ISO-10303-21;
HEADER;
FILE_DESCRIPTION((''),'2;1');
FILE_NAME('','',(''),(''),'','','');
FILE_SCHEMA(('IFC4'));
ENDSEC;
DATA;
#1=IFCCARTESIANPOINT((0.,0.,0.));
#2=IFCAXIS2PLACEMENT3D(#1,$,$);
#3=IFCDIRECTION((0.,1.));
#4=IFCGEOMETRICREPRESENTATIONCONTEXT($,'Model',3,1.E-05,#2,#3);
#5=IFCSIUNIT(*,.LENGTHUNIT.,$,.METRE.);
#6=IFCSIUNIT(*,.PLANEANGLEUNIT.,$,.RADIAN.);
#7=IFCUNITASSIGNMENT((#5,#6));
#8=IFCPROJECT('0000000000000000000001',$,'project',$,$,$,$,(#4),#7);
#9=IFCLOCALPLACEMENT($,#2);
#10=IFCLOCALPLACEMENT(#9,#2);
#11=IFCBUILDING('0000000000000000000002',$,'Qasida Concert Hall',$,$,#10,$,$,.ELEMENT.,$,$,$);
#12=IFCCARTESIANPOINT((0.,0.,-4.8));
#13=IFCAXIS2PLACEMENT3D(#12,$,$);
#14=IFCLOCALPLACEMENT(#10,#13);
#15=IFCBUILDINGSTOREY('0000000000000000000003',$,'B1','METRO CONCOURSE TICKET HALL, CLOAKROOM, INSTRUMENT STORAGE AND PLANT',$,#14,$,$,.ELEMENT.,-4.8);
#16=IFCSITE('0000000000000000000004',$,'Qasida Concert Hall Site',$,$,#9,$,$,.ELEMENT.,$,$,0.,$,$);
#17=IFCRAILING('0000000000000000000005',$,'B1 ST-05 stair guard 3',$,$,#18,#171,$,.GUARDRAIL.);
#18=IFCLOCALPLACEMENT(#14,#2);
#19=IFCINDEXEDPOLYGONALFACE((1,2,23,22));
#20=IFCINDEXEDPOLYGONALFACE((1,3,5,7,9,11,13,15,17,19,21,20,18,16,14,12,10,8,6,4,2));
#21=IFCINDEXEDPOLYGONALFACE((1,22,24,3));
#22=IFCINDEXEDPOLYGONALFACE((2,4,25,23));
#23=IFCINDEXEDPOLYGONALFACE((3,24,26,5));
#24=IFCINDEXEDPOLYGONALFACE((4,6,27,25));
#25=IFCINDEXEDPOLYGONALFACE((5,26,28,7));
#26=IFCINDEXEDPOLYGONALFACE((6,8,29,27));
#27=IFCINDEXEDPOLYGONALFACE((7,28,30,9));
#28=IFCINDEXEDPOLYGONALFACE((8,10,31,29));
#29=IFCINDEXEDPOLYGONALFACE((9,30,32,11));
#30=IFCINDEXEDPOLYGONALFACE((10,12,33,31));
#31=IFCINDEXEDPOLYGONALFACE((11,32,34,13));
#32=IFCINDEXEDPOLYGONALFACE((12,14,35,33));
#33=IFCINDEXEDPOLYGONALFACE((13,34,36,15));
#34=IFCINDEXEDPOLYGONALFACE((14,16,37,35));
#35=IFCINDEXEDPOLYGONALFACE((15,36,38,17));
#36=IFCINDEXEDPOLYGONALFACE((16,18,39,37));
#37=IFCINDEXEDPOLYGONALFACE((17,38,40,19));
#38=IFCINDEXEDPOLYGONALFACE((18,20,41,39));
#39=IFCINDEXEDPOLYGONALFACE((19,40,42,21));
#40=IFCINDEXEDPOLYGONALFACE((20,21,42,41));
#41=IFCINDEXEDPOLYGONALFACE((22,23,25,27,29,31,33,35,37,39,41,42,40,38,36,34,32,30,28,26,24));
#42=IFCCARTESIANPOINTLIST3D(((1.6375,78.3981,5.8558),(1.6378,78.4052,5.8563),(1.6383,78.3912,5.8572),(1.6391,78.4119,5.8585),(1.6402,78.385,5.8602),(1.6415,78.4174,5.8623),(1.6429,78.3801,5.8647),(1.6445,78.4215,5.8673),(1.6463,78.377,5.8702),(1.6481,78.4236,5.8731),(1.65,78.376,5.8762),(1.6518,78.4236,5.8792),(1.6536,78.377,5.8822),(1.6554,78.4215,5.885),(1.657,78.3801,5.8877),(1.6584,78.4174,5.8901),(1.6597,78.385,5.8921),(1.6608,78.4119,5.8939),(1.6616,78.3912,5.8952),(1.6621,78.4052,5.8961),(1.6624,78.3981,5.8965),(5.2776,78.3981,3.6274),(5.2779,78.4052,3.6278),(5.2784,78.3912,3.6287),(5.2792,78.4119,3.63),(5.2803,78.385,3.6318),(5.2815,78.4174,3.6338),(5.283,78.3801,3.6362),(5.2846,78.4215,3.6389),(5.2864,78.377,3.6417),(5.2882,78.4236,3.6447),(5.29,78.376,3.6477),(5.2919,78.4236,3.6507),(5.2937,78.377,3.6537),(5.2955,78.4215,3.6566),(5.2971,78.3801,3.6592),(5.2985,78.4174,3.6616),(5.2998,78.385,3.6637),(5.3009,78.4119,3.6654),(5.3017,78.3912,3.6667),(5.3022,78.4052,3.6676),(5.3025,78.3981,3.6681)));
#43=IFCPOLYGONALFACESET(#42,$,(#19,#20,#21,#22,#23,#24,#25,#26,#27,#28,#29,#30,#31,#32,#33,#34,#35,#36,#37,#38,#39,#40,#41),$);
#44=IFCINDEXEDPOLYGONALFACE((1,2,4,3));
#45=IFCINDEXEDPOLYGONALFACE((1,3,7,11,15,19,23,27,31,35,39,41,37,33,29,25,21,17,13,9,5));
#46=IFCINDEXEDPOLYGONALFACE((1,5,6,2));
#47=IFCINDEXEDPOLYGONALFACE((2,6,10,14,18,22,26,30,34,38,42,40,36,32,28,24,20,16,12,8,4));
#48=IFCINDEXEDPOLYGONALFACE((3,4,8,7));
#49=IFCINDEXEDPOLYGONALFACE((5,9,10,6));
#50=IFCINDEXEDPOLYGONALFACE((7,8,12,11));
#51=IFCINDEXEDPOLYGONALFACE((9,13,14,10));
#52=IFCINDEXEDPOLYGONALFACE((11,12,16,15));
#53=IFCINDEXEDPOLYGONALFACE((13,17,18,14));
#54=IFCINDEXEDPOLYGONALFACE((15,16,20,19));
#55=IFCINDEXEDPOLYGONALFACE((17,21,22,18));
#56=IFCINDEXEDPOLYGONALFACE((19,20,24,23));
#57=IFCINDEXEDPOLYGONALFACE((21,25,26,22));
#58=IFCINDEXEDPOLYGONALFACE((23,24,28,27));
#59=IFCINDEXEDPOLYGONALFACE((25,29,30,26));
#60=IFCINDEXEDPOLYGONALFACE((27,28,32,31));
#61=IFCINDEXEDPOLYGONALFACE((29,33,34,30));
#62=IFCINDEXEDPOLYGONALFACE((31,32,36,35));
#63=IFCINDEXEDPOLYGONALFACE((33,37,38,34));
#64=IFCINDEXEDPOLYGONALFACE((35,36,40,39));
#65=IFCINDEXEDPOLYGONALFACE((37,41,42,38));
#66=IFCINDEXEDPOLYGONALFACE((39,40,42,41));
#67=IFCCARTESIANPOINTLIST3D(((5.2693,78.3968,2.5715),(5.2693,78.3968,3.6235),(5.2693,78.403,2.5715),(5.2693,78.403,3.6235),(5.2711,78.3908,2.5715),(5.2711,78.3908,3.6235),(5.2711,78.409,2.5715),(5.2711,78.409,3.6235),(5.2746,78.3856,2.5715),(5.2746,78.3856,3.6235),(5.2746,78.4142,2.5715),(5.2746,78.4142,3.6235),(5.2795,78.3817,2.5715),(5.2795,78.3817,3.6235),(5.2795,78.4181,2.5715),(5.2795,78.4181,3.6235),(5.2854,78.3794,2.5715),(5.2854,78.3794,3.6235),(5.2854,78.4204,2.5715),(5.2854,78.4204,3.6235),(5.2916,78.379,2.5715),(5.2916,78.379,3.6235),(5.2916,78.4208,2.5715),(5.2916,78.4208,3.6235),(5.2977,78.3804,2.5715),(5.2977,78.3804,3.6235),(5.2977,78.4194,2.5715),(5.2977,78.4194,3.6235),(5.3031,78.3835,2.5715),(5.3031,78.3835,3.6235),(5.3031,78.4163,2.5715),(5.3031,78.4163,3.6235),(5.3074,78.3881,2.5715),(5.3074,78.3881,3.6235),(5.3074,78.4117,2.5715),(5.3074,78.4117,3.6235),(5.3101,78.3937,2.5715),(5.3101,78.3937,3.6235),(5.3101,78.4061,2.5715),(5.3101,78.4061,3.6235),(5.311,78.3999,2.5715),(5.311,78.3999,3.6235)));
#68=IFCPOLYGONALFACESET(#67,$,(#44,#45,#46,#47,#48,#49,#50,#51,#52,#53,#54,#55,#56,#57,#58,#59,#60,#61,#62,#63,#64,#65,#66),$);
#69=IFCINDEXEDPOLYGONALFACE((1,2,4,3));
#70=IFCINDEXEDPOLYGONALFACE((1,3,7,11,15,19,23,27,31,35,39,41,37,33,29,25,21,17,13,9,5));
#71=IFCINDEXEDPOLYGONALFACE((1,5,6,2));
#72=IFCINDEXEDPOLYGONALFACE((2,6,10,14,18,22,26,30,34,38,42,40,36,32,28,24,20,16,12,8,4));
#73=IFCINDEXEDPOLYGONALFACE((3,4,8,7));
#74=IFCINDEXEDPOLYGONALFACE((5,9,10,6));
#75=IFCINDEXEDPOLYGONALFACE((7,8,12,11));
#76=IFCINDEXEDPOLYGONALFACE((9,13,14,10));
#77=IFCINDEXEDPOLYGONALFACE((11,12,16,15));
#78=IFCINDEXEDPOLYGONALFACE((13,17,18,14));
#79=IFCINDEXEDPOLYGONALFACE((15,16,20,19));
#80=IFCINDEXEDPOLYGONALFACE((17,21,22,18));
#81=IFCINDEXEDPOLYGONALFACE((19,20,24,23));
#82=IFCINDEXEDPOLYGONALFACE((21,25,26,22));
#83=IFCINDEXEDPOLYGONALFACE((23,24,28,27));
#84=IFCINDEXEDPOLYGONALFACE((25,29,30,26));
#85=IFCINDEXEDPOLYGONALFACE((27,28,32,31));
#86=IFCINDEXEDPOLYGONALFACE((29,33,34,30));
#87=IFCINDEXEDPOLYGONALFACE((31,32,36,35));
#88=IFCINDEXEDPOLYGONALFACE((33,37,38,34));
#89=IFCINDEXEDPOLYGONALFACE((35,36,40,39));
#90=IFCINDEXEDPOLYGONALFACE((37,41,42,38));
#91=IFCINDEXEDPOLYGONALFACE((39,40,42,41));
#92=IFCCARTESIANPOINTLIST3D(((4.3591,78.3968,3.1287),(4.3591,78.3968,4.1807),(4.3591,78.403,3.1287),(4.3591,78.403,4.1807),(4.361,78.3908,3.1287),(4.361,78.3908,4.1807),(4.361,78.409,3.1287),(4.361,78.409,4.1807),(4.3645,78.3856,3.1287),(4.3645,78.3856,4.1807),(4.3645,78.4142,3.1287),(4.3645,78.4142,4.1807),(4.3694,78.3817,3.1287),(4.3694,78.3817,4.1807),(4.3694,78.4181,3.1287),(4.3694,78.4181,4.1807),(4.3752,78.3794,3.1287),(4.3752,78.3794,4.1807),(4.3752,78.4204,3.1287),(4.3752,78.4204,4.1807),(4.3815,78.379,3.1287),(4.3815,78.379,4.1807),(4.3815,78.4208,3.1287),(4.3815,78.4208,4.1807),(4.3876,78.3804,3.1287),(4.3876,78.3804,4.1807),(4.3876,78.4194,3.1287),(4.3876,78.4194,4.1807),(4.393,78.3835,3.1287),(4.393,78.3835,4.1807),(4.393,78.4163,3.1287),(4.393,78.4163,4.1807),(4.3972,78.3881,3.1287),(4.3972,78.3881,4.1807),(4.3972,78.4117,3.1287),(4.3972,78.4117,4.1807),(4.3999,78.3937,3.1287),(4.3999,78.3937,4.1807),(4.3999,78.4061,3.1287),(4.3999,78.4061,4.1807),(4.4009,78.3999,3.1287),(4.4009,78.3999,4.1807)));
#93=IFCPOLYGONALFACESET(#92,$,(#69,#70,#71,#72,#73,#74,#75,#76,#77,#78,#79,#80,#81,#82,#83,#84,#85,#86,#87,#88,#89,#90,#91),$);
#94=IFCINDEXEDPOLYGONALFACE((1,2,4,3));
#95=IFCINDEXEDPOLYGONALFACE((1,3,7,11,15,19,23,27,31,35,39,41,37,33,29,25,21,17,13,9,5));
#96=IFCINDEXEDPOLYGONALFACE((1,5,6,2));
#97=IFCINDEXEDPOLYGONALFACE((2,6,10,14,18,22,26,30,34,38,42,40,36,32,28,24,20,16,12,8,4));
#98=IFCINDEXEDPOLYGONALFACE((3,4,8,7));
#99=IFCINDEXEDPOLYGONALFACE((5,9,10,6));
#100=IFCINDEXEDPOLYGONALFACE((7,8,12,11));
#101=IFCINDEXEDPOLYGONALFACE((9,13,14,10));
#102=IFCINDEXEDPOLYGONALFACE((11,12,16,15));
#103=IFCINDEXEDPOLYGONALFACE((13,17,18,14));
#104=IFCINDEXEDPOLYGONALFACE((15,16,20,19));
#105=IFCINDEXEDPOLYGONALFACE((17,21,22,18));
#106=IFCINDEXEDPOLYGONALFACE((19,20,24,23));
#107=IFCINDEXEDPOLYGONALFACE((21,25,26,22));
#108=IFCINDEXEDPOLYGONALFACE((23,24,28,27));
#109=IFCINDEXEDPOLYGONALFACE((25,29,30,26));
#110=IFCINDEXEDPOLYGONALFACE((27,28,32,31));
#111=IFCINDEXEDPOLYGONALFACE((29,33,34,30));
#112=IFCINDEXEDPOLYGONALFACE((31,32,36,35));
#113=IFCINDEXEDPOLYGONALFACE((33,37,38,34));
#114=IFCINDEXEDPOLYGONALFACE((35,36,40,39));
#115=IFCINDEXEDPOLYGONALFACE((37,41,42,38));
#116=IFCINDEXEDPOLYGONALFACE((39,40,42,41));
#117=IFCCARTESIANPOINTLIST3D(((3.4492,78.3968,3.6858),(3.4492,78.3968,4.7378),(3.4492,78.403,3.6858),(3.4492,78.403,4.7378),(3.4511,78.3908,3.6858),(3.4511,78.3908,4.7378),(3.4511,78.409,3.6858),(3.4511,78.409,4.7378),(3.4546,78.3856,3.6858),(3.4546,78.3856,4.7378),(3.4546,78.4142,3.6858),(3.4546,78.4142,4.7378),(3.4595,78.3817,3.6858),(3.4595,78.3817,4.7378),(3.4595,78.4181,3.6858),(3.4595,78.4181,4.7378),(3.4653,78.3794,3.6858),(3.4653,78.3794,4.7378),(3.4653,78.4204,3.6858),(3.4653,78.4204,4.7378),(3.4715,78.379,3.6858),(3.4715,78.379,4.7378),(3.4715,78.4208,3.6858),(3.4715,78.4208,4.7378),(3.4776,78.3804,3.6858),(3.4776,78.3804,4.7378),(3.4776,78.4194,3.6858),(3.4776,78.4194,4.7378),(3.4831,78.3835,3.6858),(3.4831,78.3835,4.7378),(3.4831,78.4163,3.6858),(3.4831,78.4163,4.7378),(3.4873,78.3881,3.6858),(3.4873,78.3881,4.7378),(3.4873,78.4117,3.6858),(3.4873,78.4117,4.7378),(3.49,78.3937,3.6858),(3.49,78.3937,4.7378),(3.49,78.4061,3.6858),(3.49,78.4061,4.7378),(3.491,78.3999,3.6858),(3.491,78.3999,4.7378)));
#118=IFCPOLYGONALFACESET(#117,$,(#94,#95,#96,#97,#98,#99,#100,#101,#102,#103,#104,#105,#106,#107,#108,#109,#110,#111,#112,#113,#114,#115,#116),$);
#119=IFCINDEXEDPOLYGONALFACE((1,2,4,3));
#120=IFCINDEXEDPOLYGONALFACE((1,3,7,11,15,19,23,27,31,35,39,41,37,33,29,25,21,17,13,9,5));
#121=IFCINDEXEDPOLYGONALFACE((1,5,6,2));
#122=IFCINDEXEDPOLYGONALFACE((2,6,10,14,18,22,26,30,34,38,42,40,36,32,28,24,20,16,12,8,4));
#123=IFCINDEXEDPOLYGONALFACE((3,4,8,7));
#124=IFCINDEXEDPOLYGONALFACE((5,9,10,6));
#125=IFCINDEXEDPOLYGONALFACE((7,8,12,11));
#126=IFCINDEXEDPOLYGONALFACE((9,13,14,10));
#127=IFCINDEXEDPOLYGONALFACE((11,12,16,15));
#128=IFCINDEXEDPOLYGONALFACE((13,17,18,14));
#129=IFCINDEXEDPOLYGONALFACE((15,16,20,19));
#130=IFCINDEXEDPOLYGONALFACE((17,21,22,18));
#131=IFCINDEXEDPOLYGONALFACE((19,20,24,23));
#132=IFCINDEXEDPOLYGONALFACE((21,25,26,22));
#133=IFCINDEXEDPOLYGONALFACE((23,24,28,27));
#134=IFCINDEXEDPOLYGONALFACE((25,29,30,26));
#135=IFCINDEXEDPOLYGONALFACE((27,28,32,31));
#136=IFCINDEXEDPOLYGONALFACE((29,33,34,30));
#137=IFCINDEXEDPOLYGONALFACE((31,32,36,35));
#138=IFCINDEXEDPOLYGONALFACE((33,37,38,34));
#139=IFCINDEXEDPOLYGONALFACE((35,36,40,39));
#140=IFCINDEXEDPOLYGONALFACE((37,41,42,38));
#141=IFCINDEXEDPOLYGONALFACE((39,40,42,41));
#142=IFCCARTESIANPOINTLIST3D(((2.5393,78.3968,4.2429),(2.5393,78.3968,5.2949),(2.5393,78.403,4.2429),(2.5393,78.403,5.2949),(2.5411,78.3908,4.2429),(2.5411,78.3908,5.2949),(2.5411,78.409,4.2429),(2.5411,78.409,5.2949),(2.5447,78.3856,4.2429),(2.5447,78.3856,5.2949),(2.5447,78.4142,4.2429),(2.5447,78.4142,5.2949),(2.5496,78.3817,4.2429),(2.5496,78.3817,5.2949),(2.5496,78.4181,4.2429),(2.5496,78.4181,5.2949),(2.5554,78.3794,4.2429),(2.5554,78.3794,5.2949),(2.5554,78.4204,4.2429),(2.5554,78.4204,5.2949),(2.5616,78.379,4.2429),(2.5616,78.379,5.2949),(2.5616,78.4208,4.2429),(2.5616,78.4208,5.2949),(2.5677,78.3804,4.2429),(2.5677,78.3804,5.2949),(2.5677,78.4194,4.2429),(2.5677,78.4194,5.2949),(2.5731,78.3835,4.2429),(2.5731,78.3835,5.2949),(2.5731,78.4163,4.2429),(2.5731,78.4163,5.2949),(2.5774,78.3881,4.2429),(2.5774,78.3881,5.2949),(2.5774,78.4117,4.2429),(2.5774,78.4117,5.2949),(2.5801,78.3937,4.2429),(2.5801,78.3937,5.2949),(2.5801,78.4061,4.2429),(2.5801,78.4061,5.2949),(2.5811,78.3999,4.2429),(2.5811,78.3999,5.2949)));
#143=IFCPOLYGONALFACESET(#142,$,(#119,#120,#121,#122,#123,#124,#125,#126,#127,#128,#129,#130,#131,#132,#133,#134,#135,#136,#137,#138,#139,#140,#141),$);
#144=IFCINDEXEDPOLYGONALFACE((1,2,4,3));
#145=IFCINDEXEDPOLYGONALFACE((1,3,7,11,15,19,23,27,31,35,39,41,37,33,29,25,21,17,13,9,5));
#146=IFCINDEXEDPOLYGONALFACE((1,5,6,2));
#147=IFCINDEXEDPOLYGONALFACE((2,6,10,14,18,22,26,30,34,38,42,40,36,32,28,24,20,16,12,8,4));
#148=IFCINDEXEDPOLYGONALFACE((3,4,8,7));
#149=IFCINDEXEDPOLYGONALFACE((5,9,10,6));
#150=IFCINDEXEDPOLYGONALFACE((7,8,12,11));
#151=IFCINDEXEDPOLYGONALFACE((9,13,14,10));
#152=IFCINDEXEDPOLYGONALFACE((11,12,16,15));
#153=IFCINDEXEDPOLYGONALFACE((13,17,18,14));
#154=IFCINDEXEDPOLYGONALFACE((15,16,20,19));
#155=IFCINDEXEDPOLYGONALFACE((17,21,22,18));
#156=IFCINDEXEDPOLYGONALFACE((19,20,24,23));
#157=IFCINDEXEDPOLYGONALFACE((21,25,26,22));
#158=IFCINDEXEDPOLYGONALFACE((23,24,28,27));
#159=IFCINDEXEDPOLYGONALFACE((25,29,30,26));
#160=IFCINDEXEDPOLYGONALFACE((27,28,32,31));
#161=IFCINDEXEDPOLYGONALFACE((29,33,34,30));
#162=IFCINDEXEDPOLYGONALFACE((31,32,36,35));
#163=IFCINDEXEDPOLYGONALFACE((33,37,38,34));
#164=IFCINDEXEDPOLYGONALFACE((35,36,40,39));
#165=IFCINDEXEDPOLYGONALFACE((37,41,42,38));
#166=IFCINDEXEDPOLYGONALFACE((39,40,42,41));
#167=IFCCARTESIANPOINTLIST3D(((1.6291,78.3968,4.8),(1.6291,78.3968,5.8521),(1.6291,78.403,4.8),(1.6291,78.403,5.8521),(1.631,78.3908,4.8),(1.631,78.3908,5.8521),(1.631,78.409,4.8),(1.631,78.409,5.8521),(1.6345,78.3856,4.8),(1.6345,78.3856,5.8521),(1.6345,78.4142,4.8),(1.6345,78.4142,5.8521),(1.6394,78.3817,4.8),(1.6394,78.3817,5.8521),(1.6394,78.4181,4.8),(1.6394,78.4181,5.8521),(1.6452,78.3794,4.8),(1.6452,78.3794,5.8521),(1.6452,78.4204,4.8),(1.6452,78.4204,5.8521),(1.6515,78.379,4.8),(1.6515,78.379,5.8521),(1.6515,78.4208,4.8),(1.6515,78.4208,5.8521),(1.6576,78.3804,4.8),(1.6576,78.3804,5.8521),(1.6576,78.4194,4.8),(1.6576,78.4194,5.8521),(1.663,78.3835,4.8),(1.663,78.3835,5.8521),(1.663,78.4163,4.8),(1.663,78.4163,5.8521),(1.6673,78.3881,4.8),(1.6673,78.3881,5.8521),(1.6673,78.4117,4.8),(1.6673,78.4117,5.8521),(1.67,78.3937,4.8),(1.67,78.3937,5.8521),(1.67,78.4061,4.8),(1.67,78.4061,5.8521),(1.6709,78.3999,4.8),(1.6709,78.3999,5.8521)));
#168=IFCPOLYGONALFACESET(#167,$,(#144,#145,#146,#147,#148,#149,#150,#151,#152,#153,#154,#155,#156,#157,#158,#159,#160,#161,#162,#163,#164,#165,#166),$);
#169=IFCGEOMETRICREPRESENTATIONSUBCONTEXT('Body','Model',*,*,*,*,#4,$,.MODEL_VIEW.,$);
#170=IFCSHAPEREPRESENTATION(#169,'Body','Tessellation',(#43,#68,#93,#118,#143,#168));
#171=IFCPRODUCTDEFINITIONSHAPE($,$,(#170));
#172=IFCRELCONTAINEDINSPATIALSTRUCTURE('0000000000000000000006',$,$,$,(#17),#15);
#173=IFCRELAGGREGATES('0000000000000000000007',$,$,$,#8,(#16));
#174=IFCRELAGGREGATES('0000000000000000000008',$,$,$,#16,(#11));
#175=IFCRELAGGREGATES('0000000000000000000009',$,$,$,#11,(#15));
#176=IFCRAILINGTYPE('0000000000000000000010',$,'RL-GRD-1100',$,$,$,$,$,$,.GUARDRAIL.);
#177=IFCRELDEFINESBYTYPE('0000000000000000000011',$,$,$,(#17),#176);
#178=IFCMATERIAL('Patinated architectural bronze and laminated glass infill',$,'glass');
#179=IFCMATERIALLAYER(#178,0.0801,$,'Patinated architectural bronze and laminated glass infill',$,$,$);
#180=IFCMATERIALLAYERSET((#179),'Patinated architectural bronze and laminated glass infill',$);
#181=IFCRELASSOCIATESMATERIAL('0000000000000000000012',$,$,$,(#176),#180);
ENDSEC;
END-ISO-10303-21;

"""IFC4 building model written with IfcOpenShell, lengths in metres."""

from ifc_helpers import new_model, si_unit, direction, frame, origin, origin_2d, place, context, subcontext, project, spatial, circle, extrude, material, layer, layer_set, type_object, element, save


model = new_model("IFC4")

# Units and contexts
model_context = context("Model", 3, precision=1e-05, world=origin(), true_north=direction((0.0, 1.0)))
body_context = subcontext(model_context, "Body", "Model", "MODEL_VIEW")
ifc_project = project(units=[si_unit("LENGTHUNIT", "METRE"), si_unit("PLANEANGLEUNIT", "RADIAN")], contexts=[model_context])

# Site, building, storey
site_placement = place(None, origin())
site = spatial("IfcSite", under=ifc_project, at=site_placement, Name="Qasida Concert Hall Site", CompositionType="ELEMENT", RefElevation=0.0)
building_placement = place(site_placement, origin())
building = spatial("IfcBuilding", under=site, at=building_placement, Name="Qasida Concert Hall", CompositionType="ELEMENT")
storey_placement = place(building_placement, frame((0.0, 0.0, -4.8)))
storey = spatial("IfcBuildingStorey", under=building, at=storey_placement, Name="B1", Description="METRO CONCOURSE TICKET HALL, CLOAKROOM, INSTRUMENT STORAGE AND PLANT", CompositionType="ELEMENT", Elevation=-4.8)

# Railing
ifc_material_1 = material(Name="Patinated architectural bronze and laminated glass infill", Category="glass")
ifc_layer_1 = layer(ifc_material_1, 0.0801, Name="Patinated architectural bronze and laminated glass infill")
ifc_layer_set_1 = layer_set([ifc_layer_1], Name="Patinated architectural bronze and laminated glass infill")
railing_type_1 = type_object("IfcRailingType", Name="RL-GRD-1100", PredefinedType="GUARDRAIL", material=ifc_layer_set_1)
railing_1_placement = place(storey_placement, frame((5.29, 78.3999, 2.5715)))
element("IfcRailing", 1, at=railing_1_placement, inside=storey, type_object=railing_type_1, Name="B1 ST-05 stair guard 3", PredefinedType="GUARDRAIL", context=body_context, shape_type="SweptSolid", body=[
    extrude(circle(Radius=0.0239, at=origin_2d()), frame((0.0, 0.0, 1.0762), z_axis=(-0.852866, 0.0, 0.52213), x_axis=(0.0, -1.0, 0.0)), (0.0, 0.0, 1.0), 4.2681),
    extrude(circle(Radius=0.021, at=origin_2d()), origin(), (0.0, 0.0, 1.0), 1.052),
    extrude(circle(Radius=0.021, at=origin_2d()), frame((-0.9102, 0.0, 0.5571)), (0.0, 0.0, 1.0), 1.052),
    extrude(circle(Radius=0.021, at=origin_2d()), frame((-1.8201, 0.0, 1.1143)), (0.0, 0.0, 1.0), 1.052),
    extrude(circle(Radius=0.021, at=origin_2d()), frame((-2.73, 0.0, 1.6714)), (0.0, 0.0, 1.0), 1.052),
    extrude(circle(Radius=0.021, at=origin_2d()), frame((-3.6401, 0.0, 2.2285)), (0.0, 0.0, 1.0), 1.052),
])

save(model, "model.ifc")
